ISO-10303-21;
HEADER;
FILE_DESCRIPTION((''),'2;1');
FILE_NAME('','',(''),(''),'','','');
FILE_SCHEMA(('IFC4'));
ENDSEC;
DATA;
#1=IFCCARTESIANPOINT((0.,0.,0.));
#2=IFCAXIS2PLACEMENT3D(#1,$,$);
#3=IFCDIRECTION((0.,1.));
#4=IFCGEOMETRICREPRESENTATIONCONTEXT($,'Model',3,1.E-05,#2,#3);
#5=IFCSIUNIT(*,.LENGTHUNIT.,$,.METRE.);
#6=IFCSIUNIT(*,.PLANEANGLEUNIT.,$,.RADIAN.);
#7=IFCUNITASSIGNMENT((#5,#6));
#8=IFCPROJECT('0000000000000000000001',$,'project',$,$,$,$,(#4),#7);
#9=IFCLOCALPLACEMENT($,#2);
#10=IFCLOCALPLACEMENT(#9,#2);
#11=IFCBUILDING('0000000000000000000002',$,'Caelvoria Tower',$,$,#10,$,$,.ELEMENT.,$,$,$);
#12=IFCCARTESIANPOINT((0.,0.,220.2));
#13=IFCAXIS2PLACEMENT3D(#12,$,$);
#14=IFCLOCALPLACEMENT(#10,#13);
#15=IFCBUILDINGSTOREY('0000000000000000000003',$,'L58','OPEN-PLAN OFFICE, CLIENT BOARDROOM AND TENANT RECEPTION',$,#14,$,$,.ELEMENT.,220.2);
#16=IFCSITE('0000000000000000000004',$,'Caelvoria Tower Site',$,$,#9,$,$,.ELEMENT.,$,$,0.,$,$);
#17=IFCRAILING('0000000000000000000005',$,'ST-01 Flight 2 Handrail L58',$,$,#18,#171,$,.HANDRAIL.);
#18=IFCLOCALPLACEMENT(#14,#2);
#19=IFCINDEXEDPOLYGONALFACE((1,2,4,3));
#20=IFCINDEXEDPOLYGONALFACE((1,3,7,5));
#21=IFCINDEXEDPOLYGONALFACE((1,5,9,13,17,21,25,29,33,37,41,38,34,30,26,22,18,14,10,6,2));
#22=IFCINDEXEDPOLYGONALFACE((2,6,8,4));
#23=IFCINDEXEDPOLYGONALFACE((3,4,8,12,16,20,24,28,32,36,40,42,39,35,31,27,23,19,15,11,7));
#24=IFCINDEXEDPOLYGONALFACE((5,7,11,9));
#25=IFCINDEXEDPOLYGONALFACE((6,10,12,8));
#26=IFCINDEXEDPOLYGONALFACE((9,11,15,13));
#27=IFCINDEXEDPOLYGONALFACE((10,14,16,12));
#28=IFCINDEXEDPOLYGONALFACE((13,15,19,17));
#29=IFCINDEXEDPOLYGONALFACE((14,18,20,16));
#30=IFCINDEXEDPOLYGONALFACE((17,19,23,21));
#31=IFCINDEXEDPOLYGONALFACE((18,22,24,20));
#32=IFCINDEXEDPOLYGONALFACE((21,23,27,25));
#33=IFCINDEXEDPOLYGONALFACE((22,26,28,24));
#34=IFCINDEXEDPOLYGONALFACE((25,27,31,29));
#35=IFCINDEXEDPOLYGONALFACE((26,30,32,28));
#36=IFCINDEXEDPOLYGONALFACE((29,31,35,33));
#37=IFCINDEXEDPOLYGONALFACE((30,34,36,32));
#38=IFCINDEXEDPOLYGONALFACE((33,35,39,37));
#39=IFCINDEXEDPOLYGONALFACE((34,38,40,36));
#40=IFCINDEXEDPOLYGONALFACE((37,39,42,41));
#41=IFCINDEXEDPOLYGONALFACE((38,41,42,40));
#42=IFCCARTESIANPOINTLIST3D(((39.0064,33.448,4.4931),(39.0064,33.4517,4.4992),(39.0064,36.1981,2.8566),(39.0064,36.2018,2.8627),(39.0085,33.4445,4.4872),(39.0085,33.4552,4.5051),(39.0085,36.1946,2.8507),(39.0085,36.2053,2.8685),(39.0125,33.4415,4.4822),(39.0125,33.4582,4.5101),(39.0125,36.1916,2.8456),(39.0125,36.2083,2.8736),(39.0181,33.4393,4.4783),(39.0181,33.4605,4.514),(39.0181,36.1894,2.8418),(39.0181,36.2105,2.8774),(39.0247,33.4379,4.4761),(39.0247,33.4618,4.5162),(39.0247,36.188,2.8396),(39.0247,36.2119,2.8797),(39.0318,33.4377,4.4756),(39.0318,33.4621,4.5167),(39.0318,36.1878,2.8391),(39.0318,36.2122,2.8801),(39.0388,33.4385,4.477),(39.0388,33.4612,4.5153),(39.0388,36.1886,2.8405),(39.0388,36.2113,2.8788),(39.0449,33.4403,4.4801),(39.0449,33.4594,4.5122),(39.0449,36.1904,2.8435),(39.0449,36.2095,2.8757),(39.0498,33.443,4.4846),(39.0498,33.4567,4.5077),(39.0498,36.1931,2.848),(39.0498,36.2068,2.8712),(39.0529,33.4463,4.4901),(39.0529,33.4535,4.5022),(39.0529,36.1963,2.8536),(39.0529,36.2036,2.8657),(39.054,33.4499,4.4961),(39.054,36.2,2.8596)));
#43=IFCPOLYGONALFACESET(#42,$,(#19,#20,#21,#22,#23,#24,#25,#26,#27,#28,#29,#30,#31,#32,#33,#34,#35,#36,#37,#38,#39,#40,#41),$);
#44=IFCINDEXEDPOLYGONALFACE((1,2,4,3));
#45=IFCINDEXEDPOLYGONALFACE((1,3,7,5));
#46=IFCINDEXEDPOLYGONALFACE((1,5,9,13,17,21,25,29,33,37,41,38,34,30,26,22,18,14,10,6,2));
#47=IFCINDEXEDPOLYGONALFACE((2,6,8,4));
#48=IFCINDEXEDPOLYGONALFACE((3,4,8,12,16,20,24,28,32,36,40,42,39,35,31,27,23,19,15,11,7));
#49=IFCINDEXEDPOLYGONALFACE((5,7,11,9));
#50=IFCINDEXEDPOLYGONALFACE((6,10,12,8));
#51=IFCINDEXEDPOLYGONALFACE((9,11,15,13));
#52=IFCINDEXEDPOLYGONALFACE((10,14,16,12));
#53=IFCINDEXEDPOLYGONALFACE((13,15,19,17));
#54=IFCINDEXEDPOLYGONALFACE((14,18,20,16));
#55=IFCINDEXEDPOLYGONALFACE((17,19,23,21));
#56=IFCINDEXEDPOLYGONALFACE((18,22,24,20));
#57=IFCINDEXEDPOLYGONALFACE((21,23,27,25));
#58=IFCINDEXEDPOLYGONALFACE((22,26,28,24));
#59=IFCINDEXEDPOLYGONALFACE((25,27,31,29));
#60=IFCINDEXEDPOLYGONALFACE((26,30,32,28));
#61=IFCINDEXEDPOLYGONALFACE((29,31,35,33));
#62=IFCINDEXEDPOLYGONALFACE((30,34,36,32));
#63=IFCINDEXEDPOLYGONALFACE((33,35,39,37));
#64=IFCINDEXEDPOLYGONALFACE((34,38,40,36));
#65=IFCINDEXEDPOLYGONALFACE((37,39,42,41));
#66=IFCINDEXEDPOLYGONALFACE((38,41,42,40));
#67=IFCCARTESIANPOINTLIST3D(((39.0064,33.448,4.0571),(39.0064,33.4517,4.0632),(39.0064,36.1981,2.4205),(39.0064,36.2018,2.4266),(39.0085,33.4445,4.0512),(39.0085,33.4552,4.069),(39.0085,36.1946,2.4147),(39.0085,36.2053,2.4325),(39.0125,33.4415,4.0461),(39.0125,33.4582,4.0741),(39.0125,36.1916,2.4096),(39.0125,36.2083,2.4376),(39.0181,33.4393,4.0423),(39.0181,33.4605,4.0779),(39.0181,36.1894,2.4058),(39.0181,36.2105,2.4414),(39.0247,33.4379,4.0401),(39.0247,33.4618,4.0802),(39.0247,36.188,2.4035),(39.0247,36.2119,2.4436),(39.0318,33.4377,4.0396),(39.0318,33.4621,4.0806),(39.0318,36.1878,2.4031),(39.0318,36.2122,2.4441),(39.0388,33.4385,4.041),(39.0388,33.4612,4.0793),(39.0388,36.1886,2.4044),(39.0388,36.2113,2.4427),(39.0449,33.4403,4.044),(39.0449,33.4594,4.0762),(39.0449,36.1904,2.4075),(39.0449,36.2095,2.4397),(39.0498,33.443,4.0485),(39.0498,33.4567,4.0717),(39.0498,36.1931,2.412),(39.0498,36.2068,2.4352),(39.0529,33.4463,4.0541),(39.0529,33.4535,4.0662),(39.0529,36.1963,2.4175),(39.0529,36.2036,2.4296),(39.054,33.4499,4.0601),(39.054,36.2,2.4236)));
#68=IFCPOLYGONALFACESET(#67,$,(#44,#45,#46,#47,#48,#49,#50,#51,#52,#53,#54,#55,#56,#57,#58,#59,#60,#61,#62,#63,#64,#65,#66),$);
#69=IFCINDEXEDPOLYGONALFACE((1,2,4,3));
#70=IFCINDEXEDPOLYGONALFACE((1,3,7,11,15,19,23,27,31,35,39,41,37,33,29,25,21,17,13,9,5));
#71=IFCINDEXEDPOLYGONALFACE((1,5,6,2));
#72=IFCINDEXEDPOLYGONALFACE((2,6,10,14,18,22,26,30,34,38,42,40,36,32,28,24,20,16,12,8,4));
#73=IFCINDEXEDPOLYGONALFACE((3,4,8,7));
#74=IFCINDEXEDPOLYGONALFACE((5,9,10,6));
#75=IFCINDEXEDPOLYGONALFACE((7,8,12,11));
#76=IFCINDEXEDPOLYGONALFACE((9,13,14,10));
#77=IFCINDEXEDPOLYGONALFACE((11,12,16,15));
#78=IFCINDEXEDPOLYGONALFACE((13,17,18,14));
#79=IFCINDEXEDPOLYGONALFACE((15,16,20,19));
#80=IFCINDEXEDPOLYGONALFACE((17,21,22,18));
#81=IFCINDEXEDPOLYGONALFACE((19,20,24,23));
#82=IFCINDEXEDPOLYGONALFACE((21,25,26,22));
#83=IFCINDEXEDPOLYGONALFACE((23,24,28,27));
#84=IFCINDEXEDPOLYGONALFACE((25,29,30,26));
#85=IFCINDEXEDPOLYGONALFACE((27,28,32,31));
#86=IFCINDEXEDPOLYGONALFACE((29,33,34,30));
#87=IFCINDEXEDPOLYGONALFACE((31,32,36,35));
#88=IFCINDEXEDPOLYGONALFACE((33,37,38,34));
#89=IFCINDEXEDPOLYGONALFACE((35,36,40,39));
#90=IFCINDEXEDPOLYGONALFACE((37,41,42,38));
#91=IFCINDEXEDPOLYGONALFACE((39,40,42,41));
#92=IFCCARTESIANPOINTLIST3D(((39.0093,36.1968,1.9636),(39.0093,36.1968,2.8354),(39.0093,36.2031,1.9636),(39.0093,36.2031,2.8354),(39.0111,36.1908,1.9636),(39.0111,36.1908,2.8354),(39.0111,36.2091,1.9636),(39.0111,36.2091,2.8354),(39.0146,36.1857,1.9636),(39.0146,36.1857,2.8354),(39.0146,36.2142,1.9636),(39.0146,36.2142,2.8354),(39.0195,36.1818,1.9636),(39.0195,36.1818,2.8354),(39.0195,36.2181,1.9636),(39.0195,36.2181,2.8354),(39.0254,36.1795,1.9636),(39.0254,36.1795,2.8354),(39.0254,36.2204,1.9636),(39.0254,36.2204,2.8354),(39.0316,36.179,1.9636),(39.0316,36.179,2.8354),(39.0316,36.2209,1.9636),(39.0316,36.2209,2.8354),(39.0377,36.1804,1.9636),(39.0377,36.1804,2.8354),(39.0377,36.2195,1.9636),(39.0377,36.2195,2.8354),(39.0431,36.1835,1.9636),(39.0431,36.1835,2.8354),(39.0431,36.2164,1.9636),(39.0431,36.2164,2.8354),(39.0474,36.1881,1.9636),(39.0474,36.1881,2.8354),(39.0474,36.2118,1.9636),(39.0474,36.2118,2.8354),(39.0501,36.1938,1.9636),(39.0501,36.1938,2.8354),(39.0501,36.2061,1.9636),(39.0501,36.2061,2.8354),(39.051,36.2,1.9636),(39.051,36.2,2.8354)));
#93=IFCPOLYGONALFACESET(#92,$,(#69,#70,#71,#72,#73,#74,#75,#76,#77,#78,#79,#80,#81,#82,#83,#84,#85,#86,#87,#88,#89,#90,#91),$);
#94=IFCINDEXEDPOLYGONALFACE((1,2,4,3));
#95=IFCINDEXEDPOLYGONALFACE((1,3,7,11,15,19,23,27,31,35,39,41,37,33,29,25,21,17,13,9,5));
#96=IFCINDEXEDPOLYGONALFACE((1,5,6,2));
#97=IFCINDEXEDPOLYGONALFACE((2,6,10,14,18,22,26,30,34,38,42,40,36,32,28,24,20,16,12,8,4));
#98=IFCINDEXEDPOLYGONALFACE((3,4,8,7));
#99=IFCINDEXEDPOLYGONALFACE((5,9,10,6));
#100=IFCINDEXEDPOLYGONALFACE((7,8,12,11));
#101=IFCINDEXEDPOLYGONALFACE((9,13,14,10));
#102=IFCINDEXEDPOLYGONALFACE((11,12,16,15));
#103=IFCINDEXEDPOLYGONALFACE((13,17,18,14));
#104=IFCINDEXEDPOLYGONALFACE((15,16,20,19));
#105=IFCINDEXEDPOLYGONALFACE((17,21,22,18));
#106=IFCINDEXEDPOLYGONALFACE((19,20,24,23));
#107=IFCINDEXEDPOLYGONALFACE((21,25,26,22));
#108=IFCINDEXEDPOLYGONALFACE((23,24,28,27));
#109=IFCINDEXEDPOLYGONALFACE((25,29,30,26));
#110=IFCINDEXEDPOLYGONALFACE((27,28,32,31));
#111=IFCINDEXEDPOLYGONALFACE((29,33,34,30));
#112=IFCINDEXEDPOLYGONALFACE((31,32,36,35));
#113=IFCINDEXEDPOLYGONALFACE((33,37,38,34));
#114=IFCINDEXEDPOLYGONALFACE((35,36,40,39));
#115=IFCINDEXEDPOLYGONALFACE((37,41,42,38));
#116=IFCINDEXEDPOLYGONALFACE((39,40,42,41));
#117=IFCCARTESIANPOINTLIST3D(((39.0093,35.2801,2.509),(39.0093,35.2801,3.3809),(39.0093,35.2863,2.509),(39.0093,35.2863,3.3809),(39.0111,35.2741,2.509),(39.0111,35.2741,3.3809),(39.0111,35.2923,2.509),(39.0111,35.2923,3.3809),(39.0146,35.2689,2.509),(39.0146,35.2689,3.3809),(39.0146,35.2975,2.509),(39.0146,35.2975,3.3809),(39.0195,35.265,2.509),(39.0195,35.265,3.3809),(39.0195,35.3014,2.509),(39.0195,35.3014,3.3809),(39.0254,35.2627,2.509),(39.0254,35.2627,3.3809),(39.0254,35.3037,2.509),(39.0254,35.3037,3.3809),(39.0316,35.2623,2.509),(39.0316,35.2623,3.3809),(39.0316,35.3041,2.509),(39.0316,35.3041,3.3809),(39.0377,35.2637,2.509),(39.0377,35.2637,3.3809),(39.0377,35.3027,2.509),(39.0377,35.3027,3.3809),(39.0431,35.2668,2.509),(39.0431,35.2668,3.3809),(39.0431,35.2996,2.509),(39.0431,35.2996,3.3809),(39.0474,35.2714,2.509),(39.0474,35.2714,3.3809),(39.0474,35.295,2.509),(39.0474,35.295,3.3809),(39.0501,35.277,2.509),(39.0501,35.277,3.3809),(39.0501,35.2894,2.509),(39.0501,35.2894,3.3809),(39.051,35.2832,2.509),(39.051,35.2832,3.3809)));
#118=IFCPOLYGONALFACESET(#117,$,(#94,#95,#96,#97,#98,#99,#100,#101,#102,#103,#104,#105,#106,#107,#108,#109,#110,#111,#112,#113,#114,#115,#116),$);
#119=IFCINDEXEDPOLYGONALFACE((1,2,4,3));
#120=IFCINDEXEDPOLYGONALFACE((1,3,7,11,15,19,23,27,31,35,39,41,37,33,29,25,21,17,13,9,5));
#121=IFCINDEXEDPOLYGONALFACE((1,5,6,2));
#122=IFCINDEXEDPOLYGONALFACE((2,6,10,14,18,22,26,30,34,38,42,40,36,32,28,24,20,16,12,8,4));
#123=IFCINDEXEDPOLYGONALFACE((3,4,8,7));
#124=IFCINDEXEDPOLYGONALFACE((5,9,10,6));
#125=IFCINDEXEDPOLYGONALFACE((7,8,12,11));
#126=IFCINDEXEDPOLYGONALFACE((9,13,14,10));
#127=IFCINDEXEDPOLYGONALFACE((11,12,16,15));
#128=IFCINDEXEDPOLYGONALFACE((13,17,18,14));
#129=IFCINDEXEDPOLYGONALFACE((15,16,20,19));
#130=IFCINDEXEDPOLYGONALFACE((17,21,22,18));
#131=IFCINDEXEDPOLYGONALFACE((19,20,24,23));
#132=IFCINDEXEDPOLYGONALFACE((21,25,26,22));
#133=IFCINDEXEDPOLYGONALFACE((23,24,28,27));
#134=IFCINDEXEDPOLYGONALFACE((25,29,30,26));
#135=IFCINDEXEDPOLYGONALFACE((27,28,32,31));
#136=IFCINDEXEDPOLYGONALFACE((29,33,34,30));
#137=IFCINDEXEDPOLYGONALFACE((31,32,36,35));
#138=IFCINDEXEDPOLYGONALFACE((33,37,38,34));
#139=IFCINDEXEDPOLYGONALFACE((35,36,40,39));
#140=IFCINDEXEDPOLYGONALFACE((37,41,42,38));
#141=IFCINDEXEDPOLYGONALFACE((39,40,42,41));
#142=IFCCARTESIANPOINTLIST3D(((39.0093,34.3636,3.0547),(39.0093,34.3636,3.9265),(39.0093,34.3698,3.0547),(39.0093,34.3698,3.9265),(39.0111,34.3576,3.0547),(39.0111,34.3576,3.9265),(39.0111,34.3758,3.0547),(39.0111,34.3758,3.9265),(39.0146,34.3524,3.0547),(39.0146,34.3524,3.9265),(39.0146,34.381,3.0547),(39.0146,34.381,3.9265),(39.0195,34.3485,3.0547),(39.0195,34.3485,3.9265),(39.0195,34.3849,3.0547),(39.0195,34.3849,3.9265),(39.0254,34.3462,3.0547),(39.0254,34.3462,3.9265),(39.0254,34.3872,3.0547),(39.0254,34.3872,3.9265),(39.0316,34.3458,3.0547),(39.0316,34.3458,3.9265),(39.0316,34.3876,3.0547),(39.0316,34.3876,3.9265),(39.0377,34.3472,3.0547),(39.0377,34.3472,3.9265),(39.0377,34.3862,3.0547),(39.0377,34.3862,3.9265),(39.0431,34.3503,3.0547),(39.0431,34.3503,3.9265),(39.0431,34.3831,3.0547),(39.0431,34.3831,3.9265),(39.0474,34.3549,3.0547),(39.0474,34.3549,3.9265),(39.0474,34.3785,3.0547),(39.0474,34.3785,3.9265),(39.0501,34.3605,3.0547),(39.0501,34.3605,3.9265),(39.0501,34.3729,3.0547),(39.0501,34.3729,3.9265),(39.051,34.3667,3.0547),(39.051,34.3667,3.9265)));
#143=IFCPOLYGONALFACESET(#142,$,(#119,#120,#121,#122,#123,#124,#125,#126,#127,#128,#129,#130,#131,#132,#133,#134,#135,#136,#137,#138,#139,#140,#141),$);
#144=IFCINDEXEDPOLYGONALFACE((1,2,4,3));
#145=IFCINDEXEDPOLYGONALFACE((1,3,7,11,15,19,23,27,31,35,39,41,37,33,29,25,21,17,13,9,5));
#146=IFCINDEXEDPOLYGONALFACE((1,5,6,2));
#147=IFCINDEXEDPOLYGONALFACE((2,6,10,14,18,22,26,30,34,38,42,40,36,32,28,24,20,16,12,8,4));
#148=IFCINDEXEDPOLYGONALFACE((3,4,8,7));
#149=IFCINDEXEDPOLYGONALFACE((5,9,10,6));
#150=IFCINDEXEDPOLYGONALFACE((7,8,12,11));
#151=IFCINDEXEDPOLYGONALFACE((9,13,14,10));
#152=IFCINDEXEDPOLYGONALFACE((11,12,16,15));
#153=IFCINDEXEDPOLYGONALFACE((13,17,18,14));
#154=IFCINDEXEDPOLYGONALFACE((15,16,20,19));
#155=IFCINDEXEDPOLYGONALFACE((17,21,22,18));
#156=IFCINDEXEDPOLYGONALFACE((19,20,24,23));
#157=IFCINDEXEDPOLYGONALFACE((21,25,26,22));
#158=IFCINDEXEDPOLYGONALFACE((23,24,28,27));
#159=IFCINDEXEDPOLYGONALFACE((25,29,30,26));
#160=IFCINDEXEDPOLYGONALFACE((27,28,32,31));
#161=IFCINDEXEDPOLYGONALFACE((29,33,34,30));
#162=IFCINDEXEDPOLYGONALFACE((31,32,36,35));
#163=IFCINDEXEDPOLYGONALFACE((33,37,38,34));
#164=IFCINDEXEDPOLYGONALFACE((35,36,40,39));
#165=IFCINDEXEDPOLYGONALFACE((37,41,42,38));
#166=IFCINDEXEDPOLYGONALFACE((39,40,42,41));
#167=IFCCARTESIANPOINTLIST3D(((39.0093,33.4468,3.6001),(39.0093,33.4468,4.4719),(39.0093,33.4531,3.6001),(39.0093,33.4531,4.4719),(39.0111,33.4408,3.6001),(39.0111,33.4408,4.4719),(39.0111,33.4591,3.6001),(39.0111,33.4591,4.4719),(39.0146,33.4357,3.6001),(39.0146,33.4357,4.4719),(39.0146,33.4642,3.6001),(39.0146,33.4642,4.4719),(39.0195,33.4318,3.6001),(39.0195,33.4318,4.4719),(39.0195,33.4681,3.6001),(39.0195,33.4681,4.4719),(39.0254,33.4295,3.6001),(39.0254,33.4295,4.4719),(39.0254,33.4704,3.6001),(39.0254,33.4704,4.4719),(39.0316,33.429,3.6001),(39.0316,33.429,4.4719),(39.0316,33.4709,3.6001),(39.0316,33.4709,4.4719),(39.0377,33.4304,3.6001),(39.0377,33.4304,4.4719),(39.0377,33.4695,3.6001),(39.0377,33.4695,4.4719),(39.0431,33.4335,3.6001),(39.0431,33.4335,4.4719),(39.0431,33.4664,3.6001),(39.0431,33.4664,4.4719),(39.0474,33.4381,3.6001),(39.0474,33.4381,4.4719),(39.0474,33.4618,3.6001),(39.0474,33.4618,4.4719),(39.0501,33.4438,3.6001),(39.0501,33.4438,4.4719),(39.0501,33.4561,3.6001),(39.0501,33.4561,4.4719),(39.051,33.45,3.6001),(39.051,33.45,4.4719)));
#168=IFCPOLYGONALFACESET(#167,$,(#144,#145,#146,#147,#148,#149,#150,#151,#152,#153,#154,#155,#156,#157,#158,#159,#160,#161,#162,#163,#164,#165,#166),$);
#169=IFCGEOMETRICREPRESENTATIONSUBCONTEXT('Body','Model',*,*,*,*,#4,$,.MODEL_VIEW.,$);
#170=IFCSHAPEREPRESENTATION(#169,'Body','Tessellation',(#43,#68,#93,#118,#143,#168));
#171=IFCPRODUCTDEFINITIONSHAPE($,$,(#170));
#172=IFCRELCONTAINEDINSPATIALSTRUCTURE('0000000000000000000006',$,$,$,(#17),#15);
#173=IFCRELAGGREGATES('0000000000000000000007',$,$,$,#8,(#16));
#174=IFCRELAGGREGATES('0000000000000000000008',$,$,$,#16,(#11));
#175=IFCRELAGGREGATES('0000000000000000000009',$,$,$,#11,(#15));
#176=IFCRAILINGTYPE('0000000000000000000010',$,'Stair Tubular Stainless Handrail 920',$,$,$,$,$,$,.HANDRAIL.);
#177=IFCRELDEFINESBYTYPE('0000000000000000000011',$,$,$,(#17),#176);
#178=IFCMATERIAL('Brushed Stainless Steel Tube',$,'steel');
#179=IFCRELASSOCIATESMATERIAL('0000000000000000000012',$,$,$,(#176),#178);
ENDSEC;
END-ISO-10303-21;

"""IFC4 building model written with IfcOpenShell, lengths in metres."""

from ifc_helpers import new_model, si_unit, direction, frame, origin, origin_2d, place, context, subcontext, project, spatial, circle, extrude, material, type_object, element, save


model = new_model("IFC4")

# Units and contexts
model_context = context("Model", 3, precision=1e-05, world=origin(), true_north=direction((0.0, 1.0)))
body_context = subcontext(model_context, "Body", "Model", "MODEL_VIEW")
ifc_project = project(units=[si_unit("LENGTHUNIT", "METRE"), si_unit("PLANEANGLEUNIT", "RADIAN")], contexts=[model_context])

# Site, building, storey
site_placement = place(None, origin())
site = spatial("IfcSite", under=ifc_project, at=site_placement, Name="Caelvoria Tower Site", CompositionType="ELEMENT", RefElevation=0.0)
building_placement = place(site_placement, origin())
building = spatial("IfcBuilding", under=site, at=building_placement, Name="Caelvoria Tower", CompositionType="ELEMENT")
storey_placement = place(building_placement, frame((0.0, 0.0, 220.2)))
storey = spatial("IfcBuildingStorey", under=building, at=storey_placement, Name="L58", Description="OPEN-PLAN OFFICE, CLIENT BOARDROOM AND TENANT RECEPTION", CompositionType="ELEMENT", Elevation=220.2)

# Railing
ifc_material_1 = material(Name="Brushed Stainless Steel Tube", Category="steel")
railing_type_1 = type_object("IfcRailingType", Name="Stair Tubular Stainless Handrail 920", PredefinedType="HANDRAIL", material=ifc_material_1)
railing_1_placement = place(storey_placement, frame((39.03, 36.2, 1.9636)))
element("IfcRailing", 1, at=railing_1_placement, inside=storey, type_object=railing_type_1, Name="ST-01 Flight 2 Handrail L58", PredefinedType="HANDRAIL", context=body_context, shape_type="SweptSolid", body=[
    extrude(circle(Radius=0.0239, at=origin_2d()), frame((0.0, 0.0, 0.896), z_axis=(0.0, -0.859352, 0.511385), x_axis=(1.0, 0.0, 0.0)), (0.0, 0.0, 1.0), 3.2002),
    extrude(circle(Radius=0.0239, at=origin_2d()), frame((0.0, 0.0, 0.46), z_axis=(0.0, -0.859352, 0.511385), x_axis=(1.0, 0.0, 0.0)), (0.0, 0.0, 1.0), 3.2002),
    extrude(circle(Radius=0.021, at=origin_2d()), origin(), (0.0, 0.0, 1.0), 0.8718),
    extrude(circle(Radius=0.021, at=origin_2d()), frame((0.0, -0.9167, 0.5454)), (0.0, 0.0, 1.0), 0.8718),
    extrude(circle(Radius=0.021, at=origin_2d()), frame((0.0, -1.8333, 1.0911)), (0.0, 0.0, 1.0), 0.8718),
    extrude(circle(Radius=0.021, at=origin_2d()), frame((0.0, -2.75, 1.6365)), (0.0, 0.0, 1.0), 0.8718),
])

save(model, "model.ifc")
